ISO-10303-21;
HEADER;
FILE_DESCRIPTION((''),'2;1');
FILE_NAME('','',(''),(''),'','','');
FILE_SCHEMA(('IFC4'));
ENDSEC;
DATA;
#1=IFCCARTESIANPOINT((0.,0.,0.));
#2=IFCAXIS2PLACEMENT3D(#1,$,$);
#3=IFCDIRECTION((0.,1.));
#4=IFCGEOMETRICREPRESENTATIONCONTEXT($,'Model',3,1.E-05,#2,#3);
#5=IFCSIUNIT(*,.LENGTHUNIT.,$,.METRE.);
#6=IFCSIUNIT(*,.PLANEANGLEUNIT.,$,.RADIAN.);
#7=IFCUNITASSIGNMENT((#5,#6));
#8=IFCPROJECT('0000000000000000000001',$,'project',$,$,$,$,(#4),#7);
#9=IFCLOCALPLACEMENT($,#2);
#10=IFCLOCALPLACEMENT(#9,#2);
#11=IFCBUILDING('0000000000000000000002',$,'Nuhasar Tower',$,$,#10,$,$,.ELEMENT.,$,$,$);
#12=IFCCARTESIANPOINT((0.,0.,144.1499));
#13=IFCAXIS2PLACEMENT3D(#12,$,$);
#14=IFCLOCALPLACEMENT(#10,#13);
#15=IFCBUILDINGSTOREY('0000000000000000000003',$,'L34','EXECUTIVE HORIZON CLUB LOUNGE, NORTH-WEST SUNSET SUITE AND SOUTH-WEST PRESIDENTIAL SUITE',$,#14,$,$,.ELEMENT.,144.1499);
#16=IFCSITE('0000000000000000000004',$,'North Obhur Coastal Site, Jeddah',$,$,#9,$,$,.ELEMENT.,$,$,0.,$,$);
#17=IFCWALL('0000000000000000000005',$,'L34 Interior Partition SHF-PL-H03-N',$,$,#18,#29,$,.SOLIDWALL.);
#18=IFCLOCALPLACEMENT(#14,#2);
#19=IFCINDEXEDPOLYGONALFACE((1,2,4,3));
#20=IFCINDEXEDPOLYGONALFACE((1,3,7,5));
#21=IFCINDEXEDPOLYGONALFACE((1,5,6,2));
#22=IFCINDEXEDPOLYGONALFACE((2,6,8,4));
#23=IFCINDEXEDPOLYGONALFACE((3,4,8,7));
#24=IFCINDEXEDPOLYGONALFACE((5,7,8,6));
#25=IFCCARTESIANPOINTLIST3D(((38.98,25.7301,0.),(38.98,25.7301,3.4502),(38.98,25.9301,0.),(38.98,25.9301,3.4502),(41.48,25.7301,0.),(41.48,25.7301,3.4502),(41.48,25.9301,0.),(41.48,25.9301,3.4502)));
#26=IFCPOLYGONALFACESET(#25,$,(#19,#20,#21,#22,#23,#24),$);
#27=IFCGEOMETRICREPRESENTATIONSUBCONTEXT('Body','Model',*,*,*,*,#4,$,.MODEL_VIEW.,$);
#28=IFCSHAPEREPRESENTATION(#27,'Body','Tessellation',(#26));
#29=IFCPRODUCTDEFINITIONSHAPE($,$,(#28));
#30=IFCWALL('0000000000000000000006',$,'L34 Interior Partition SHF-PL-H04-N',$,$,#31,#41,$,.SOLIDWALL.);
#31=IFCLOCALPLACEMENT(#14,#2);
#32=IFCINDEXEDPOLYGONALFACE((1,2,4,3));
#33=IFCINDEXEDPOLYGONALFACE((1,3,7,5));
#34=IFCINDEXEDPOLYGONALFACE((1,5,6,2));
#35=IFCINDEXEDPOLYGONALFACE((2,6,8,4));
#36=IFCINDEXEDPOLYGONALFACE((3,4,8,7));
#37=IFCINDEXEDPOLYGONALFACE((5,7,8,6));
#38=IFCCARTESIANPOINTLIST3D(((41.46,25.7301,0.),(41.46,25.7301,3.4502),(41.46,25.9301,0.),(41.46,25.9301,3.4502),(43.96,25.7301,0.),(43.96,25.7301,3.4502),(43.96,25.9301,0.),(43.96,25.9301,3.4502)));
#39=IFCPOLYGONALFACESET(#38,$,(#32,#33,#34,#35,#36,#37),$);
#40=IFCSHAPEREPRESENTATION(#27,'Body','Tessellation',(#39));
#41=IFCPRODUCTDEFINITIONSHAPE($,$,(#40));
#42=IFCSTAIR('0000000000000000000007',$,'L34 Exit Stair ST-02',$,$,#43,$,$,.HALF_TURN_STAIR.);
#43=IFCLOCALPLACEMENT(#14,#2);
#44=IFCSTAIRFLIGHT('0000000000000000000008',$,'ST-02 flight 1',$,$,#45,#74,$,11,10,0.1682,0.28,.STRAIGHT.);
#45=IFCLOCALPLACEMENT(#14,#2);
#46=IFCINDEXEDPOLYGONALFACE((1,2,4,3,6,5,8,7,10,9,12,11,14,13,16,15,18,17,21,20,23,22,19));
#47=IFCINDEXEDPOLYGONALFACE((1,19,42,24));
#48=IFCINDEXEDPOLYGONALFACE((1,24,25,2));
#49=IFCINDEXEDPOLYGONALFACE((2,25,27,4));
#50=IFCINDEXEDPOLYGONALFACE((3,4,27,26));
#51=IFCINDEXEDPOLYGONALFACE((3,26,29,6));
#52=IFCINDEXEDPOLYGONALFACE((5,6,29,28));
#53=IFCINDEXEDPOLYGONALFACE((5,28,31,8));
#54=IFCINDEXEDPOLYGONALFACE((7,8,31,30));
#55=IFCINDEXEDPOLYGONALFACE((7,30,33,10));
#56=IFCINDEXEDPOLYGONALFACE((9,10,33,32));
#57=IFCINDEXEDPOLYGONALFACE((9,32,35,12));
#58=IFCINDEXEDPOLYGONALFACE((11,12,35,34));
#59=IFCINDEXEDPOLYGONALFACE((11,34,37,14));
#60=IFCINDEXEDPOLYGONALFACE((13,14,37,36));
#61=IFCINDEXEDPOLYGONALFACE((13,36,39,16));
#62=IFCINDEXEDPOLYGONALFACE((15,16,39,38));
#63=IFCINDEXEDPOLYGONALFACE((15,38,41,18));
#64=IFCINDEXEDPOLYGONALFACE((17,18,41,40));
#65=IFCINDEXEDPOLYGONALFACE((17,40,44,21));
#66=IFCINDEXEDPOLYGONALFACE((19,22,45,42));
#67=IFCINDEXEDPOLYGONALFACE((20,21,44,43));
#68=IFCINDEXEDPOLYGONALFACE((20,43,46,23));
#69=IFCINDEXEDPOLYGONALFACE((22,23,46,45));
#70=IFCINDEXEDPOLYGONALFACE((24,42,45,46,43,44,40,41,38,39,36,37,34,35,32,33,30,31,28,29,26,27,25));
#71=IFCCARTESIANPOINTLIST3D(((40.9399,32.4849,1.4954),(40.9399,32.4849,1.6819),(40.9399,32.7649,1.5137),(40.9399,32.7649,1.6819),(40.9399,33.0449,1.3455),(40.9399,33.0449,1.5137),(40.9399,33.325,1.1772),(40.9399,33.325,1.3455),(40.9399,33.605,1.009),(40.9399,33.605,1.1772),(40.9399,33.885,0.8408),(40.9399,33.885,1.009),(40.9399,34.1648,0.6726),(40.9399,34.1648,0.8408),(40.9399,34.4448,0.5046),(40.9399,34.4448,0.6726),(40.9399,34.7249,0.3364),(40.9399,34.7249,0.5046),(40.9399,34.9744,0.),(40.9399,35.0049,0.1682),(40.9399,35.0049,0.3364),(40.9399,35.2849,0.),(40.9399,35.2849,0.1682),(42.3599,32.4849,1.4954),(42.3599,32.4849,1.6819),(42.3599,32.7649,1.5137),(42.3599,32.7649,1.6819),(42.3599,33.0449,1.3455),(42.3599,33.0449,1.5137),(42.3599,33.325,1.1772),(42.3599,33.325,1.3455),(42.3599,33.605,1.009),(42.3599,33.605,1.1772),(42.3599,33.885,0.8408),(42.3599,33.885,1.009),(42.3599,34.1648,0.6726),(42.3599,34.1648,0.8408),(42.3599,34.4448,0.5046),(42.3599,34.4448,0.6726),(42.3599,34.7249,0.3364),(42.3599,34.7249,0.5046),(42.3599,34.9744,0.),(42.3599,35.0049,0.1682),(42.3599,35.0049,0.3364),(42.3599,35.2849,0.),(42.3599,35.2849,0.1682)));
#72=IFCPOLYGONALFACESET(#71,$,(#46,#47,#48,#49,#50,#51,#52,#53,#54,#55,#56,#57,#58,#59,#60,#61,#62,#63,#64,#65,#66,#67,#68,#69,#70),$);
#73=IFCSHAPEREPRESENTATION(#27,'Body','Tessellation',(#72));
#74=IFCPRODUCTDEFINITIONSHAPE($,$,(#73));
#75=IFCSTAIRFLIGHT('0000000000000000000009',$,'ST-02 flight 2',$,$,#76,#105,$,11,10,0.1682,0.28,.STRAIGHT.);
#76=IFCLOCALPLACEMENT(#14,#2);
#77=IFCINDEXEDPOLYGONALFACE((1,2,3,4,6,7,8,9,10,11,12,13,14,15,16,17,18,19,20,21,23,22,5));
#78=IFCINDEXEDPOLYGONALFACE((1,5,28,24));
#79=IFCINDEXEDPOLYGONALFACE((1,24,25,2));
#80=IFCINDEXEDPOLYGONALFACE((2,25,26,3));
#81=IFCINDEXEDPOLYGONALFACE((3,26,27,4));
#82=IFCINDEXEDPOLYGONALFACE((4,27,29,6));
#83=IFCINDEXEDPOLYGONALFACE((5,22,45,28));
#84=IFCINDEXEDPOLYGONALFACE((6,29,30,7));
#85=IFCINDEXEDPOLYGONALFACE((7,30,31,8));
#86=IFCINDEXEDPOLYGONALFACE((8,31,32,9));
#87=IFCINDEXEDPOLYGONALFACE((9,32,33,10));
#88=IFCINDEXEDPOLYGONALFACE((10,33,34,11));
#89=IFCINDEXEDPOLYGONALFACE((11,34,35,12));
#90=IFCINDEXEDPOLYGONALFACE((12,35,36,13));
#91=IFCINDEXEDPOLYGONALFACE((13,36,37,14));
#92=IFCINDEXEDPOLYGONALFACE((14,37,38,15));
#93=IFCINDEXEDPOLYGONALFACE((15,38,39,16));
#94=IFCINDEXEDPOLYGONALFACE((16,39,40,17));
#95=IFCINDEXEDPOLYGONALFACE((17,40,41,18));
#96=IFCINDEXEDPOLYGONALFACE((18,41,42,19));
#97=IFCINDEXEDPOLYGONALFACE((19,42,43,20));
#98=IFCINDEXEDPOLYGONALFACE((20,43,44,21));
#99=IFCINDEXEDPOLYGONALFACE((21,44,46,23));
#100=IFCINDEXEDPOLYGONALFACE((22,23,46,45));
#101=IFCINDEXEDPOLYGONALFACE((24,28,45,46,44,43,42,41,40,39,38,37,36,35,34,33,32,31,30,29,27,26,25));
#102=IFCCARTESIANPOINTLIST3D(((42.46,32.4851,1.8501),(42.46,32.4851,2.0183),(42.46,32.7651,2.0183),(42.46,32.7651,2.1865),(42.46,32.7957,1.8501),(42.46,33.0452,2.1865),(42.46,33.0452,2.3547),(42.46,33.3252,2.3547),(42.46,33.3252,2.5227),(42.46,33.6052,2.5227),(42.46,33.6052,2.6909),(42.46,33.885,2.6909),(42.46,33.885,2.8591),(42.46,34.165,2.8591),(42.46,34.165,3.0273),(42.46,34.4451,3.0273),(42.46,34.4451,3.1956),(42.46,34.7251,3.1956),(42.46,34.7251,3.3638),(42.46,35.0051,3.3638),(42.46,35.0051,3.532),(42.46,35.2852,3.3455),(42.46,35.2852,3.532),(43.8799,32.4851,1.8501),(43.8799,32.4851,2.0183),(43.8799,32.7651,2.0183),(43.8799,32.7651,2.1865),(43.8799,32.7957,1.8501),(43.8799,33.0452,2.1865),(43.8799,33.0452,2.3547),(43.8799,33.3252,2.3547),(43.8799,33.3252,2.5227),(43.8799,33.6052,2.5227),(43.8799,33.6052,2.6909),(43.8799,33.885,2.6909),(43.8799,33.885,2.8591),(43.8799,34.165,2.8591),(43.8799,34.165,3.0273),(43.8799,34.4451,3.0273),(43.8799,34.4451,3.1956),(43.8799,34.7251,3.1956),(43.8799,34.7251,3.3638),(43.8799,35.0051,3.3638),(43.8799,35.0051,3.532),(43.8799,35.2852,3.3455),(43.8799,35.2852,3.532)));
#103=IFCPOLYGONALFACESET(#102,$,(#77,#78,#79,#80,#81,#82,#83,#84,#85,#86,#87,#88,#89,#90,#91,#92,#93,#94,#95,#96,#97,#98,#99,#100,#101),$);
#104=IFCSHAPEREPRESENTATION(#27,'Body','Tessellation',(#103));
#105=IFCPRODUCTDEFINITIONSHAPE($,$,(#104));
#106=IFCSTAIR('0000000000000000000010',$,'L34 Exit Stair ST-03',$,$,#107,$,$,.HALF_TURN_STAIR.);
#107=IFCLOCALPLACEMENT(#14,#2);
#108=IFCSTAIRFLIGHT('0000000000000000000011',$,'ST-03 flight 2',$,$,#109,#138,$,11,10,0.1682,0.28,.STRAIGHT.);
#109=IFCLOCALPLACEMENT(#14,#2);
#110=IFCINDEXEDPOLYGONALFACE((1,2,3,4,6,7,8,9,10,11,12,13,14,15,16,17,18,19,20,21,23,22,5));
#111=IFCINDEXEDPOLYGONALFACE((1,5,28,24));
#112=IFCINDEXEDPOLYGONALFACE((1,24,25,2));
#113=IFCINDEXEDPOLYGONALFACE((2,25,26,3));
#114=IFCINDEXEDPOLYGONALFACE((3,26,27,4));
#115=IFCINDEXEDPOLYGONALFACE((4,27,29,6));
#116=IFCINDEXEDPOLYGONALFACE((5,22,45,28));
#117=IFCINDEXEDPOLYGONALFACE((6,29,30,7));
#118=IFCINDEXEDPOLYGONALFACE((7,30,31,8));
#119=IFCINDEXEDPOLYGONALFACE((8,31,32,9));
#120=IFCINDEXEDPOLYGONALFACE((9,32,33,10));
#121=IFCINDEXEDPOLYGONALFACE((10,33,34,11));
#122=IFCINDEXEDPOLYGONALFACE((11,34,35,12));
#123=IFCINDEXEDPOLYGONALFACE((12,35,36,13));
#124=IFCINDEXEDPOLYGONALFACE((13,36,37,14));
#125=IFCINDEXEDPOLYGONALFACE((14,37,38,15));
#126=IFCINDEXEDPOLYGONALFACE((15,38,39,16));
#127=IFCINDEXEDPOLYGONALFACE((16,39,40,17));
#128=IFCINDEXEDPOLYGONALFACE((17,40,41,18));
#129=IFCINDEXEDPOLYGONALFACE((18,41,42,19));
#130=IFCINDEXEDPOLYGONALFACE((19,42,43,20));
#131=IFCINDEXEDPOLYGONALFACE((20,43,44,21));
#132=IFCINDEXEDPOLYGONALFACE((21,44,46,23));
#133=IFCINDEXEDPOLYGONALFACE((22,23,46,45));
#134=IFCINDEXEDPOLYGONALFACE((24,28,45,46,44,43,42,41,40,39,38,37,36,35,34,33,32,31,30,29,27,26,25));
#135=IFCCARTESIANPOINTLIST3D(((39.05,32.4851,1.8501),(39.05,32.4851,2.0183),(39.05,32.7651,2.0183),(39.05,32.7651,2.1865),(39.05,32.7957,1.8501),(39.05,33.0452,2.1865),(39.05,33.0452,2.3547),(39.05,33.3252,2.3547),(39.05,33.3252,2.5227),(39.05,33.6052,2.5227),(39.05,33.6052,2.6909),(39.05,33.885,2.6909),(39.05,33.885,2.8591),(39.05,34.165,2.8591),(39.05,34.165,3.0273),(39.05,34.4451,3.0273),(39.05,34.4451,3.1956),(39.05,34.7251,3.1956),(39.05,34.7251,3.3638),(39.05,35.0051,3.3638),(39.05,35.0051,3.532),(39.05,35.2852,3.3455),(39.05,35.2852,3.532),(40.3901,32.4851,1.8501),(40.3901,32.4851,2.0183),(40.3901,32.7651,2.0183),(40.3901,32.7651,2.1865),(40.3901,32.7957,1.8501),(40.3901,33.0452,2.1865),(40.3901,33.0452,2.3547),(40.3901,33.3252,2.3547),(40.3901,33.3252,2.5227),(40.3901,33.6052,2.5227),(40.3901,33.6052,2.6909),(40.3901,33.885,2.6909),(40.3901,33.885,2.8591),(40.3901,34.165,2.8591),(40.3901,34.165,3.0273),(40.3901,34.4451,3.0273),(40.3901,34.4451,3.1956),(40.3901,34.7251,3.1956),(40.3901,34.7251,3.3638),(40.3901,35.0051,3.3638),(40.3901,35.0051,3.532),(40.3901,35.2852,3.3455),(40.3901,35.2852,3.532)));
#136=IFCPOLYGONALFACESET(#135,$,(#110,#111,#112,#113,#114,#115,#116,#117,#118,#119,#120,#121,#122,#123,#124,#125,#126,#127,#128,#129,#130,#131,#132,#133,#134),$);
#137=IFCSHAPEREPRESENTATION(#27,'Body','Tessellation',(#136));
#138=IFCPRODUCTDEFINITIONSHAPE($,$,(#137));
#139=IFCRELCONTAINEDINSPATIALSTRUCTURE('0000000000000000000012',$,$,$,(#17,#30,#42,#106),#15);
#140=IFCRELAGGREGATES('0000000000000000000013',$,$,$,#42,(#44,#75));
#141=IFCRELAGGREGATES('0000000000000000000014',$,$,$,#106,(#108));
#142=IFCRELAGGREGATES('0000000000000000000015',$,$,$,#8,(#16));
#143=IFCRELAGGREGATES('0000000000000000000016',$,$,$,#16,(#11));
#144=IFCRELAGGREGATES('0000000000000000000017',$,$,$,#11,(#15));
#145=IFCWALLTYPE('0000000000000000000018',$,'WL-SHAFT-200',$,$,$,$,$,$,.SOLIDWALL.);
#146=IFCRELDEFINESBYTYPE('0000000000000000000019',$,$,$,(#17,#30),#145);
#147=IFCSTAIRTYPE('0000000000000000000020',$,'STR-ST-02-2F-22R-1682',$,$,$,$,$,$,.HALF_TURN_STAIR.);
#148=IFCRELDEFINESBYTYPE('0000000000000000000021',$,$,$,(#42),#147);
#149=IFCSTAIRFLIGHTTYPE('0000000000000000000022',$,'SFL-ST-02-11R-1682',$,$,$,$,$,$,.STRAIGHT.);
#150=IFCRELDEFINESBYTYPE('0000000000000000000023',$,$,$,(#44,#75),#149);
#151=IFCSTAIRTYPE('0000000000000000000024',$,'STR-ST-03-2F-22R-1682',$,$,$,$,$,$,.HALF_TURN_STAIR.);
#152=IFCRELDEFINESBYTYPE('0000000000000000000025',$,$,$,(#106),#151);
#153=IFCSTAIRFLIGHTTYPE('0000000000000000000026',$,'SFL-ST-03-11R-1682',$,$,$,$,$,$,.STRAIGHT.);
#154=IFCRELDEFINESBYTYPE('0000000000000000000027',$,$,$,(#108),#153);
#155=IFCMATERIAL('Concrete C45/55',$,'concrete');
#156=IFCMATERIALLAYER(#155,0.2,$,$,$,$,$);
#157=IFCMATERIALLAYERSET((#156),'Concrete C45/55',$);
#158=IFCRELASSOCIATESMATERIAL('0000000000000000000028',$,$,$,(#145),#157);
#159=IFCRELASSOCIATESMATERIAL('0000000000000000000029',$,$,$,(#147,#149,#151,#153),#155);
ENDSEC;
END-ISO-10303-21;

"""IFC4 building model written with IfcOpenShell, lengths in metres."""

from ifc_helpers import new_model, si_unit, direction, frame, frame_2d, origin, place, context, subcontext, project, spatial, polyline, rectangle, outline, extrude, material, layer, layer_set, type_object, element, aggregate, save


model = new_model("IFC4")

# Units and contexts
model_context = context("Model", 3, precision=1e-05, world=origin(), true_north=direction((0.0, 1.0)))
body_context = subcontext(model_context, "Body", "Model", "MODEL_VIEW")
ifc_project = project(units=[si_unit("LENGTHUNIT", "METRE"), si_unit("PLANEANGLEUNIT", "RADIAN")], contexts=[model_context])

# Site, building, storey
site_placement = place(None, origin())
site = spatial("IfcSite", under=ifc_project, at=site_placement, Name="North Obhur Coastal Site, Jeddah", CompositionType="ELEMENT", RefElevation=0.0)
building_placement = place(site_placement, origin())
building = spatial("IfcBuilding", under=site, at=building_placement, Name="Nuhasar Tower", CompositionType="ELEMENT")
storey_placement = place(building_placement, frame((0.0, 0.0, 144.1499)))
storey = spatial("IfcBuildingStorey", under=building, at=storey_placement, Name="L34", Description="EXECUTIVE HORIZON CLUB LOUNGE, NORTH-WEST SUNSET SUITE AND SOUTH-WEST PRESIDENTIAL SUITE", CompositionType="ELEMENT", Elevation=144.1499)

# Shared definitions
ifc_material_1 = material(Name="Concrete C45/55", Category="concrete")
ifc_layer_1 = layer(ifc_material_1, 0.2)
ifc_layer_set_1 = layer_set([ifc_layer_1], Name="Concrete C45/55")
wall_type_1 = type_object("IfcWallType", Name="WL-SHAFT-200", PredefinedType="SOLIDWALL", material=ifc_layer_set_1)

# Walls
for number, where, z_axis, x_axis, name in (
    (1, (38.98, 25.8301, 0.0), (0.0, 0.0, 1.0), (1.0, 0.0, 0.0), "L34 Interior Partition SHF-PL-H03-N"),
    (2, (41.46, 25.8301, 0.0), (0.0, 0.0, 1.0), (1.0, 0.0, 0.0), "L34 Interior Partition SHF-PL-H04-N"),
):
    element("IfcWall", number, at=place(storey_placement, frame(where, z_axis=z_axis, x_axis=x_axis)), inside=storey, type_object=wall_type_1, Name=name, PredefinedType="SOLIDWALL", context=body_context, shape_type="SweptSolid", body=[
        extrude(rectangle(XDim=2.5, YDim=0.2, at=frame_2d((1.25, 0.0))), origin(), (0.0, 0.0, 1.0), 3.4502),
    ])

# Stair, stair flights
stair_type_1 = type_object("IfcStairType", Name="STR-ST-02-2F-22R-1682", PredefinedType="HALF_TURN_STAIR", material=ifc_material_1)
stair_1_placement = place(storey_placement, origin())
stair_1 = element("IfcStair", 3, at=stair_1_placement, inside=storey, type_object=stair_type_1, Name="L34 Exit Stair ST-02", PredefinedType="HALF_TURN_STAIR")
stair_flight_type_1 = type_object("IfcStairFlightType", Name="SFL-ST-02-11R-1682", PredefinedType="STRAIGHT", material=ifc_material_1)
stair_flight_1_placement = place(storey_placement, frame((41.6499, 35.2849, 0.0), z_axis=(0.0, 0.0, 1.0), x_axis=(0.0, -1.0, 0.0)))
stair_flight_1 = element("IfcStairFlight", 4, at=stair_flight_1_placement, type_object=stair_flight_type_1, Name="ST-02 flight 1", NumberOfRisers=11, NumberOfTreads=10, PredefinedType="STRAIGHT", RiserHeight=0.1682, TreadLength=0.28, context=body_context, shape_type="SweptSolid", body=[
    extrude(outline(polyline([(0.0, 0.0), (0.0, 0.1682), (0.28, 0.1682), (0.28, 0.3364), (0.5601, 0.3364), (0.5601, 0.5046), (0.8401, 0.5046), (0.8401, 0.6726), (1.1201, 0.6726), (1.1201, 0.8408), (1.3999, 0.8408), (1.3999, 1.009), (1.6799, 1.009), (1.6799, 1.1772), (1.96, 1.1772), (1.96, 1.3455), (2.24, 1.3455), (2.24, 1.5137), (2.52, 1.5137), (2.52, 1.6819), (2.8, 1.6819), (2.8, 1.8501), (2.8, 1.4954), (0.3105, 0.0), (0.0, 0.0)])), frame((0.0, 0.71, 0.0), z_axis=(0.0, -1.0, 0.0), x_axis=(1.0, 0.0, 0.0)), (0.0, 0.0, 1.0), 1.4199),
])
stair_flight_2_placement = place(storey_placement, frame((43.1699, 32.4851, 1.8501), z_axis=(0.0, 0.0, 1.0), x_axis=(0.0, 1.0, 0.0)))
stair_flight_2 = element("IfcStairFlight", 5, at=stair_flight_2_placement, type_object=stair_flight_type_1, Name="ST-02 flight 2", NumberOfRisers=11, NumberOfTreads=10, PredefinedType="STRAIGHT", RiserHeight=0.1682, TreadLength=0.28, context=body_context, shape_type="SweptSolid", body=[
    extrude(outline(polyline([(0.0, 0.0), (0.0, 0.1682), (0.28, 0.1682), (0.28, 0.3364), (0.5601, 0.3364), (0.5601, 0.5046), (0.8401, 0.5046), (0.8401, 0.6726), (1.1201, 0.6726), (1.1201, 0.8408), (1.3999, 0.8408), (1.3999, 1.009), (1.6799, 1.009), (1.6799, 1.1772), (1.96, 1.1772), (1.96, 1.3455), (2.24, 1.3455), (2.24, 1.5137), (2.52, 1.5137), (2.52, 1.6819), (2.8, 1.6819), (2.8, 1.8501), (2.8, 1.4954), (0.3105, 0.0), (0.0, 0.0)])), frame((0.0, 0.71, 0.0), z_axis=(0.0, -1.0, 0.0), x_axis=(1.0, 0.0, 0.0)), (0.0, 0.0, 1.0), 1.4199),
])
aggregate(stair_1, [stair_flight_1, stair_flight_2])

# Stair, stair flight
stair_type_2 = type_object("IfcStairType", Name="STR-ST-03-2F-22R-1682", PredefinedType="HALF_TURN_STAIR", material=ifc_material_1)
stair_2_placement = place(storey_placement, origin())
stair_2 = element("IfcStair", 6, at=stair_2_placement, inside=storey, type_object=stair_type_2, Name="L34 Exit Stair ST-03", PredefinedType="HALF_TURN_STAIR")
stair_flight_type_2 = type_object("IfcStairFlightType", Name="SFL-ST-03-11R-1682", PredefinedType="STRAIGHT", material=ifc_material_1)
stair_flight_3_placement = place(storey_placement, frame((39.72, 32.4851, 1.8501), z_axis=(0.0, 0.0, 1.0), x_axis=(0.0, 1.0, 0.0)))
stair_flight_3 = element("IfcStairFlight", 7, at=stair_flight_3_placement, type_object=stair_flight_type_2, Name="ST-03 flight 2", NumberOfRisers=11, NumberOfTreads=10, PredefinedType="STRAIGHT", RiserHeight=0.1682, TreadLength=0.28, context=body_context, shape_type="SweptSolid", body=[
    extrude(outline(polyline([(0.0, 0.0), (0.0, 0.1682), (0.28, 0.1682), (0.28, 0.3364), (0.5601, 0.3364), (0.5601, 0.5046), (0.8401, 0.5046), (0.8401, 0.6726), (1.1201, 0.6726), (1.1201, 0.8408), (1.3999, 0.8408), (1.3999, 1.009), (1.6799, 1.009), (1.6799, 1.1772), (1.96, 1.1772), (1.96, 1.3455), (2.24, 1.3455), (2.24, 1.5137), (2.52, 1.5137), (2.52, 1.6819), (2.8, 1.6819), (2.8, 1.8501), (2.8, 1.4954), (0.3105, 0.0), (0.0, 0.0)])), frame((0.0, 0.6699, 0.0), z_axis=(0.0, -1.0, 0.0), x_axis=(1.0, 0.0, 0.0)), (0.0, 0.0, 1.0), 1.3401),
])
aggregate(stair_2, [stair_flight_3])

save(model, "model.ifc")
